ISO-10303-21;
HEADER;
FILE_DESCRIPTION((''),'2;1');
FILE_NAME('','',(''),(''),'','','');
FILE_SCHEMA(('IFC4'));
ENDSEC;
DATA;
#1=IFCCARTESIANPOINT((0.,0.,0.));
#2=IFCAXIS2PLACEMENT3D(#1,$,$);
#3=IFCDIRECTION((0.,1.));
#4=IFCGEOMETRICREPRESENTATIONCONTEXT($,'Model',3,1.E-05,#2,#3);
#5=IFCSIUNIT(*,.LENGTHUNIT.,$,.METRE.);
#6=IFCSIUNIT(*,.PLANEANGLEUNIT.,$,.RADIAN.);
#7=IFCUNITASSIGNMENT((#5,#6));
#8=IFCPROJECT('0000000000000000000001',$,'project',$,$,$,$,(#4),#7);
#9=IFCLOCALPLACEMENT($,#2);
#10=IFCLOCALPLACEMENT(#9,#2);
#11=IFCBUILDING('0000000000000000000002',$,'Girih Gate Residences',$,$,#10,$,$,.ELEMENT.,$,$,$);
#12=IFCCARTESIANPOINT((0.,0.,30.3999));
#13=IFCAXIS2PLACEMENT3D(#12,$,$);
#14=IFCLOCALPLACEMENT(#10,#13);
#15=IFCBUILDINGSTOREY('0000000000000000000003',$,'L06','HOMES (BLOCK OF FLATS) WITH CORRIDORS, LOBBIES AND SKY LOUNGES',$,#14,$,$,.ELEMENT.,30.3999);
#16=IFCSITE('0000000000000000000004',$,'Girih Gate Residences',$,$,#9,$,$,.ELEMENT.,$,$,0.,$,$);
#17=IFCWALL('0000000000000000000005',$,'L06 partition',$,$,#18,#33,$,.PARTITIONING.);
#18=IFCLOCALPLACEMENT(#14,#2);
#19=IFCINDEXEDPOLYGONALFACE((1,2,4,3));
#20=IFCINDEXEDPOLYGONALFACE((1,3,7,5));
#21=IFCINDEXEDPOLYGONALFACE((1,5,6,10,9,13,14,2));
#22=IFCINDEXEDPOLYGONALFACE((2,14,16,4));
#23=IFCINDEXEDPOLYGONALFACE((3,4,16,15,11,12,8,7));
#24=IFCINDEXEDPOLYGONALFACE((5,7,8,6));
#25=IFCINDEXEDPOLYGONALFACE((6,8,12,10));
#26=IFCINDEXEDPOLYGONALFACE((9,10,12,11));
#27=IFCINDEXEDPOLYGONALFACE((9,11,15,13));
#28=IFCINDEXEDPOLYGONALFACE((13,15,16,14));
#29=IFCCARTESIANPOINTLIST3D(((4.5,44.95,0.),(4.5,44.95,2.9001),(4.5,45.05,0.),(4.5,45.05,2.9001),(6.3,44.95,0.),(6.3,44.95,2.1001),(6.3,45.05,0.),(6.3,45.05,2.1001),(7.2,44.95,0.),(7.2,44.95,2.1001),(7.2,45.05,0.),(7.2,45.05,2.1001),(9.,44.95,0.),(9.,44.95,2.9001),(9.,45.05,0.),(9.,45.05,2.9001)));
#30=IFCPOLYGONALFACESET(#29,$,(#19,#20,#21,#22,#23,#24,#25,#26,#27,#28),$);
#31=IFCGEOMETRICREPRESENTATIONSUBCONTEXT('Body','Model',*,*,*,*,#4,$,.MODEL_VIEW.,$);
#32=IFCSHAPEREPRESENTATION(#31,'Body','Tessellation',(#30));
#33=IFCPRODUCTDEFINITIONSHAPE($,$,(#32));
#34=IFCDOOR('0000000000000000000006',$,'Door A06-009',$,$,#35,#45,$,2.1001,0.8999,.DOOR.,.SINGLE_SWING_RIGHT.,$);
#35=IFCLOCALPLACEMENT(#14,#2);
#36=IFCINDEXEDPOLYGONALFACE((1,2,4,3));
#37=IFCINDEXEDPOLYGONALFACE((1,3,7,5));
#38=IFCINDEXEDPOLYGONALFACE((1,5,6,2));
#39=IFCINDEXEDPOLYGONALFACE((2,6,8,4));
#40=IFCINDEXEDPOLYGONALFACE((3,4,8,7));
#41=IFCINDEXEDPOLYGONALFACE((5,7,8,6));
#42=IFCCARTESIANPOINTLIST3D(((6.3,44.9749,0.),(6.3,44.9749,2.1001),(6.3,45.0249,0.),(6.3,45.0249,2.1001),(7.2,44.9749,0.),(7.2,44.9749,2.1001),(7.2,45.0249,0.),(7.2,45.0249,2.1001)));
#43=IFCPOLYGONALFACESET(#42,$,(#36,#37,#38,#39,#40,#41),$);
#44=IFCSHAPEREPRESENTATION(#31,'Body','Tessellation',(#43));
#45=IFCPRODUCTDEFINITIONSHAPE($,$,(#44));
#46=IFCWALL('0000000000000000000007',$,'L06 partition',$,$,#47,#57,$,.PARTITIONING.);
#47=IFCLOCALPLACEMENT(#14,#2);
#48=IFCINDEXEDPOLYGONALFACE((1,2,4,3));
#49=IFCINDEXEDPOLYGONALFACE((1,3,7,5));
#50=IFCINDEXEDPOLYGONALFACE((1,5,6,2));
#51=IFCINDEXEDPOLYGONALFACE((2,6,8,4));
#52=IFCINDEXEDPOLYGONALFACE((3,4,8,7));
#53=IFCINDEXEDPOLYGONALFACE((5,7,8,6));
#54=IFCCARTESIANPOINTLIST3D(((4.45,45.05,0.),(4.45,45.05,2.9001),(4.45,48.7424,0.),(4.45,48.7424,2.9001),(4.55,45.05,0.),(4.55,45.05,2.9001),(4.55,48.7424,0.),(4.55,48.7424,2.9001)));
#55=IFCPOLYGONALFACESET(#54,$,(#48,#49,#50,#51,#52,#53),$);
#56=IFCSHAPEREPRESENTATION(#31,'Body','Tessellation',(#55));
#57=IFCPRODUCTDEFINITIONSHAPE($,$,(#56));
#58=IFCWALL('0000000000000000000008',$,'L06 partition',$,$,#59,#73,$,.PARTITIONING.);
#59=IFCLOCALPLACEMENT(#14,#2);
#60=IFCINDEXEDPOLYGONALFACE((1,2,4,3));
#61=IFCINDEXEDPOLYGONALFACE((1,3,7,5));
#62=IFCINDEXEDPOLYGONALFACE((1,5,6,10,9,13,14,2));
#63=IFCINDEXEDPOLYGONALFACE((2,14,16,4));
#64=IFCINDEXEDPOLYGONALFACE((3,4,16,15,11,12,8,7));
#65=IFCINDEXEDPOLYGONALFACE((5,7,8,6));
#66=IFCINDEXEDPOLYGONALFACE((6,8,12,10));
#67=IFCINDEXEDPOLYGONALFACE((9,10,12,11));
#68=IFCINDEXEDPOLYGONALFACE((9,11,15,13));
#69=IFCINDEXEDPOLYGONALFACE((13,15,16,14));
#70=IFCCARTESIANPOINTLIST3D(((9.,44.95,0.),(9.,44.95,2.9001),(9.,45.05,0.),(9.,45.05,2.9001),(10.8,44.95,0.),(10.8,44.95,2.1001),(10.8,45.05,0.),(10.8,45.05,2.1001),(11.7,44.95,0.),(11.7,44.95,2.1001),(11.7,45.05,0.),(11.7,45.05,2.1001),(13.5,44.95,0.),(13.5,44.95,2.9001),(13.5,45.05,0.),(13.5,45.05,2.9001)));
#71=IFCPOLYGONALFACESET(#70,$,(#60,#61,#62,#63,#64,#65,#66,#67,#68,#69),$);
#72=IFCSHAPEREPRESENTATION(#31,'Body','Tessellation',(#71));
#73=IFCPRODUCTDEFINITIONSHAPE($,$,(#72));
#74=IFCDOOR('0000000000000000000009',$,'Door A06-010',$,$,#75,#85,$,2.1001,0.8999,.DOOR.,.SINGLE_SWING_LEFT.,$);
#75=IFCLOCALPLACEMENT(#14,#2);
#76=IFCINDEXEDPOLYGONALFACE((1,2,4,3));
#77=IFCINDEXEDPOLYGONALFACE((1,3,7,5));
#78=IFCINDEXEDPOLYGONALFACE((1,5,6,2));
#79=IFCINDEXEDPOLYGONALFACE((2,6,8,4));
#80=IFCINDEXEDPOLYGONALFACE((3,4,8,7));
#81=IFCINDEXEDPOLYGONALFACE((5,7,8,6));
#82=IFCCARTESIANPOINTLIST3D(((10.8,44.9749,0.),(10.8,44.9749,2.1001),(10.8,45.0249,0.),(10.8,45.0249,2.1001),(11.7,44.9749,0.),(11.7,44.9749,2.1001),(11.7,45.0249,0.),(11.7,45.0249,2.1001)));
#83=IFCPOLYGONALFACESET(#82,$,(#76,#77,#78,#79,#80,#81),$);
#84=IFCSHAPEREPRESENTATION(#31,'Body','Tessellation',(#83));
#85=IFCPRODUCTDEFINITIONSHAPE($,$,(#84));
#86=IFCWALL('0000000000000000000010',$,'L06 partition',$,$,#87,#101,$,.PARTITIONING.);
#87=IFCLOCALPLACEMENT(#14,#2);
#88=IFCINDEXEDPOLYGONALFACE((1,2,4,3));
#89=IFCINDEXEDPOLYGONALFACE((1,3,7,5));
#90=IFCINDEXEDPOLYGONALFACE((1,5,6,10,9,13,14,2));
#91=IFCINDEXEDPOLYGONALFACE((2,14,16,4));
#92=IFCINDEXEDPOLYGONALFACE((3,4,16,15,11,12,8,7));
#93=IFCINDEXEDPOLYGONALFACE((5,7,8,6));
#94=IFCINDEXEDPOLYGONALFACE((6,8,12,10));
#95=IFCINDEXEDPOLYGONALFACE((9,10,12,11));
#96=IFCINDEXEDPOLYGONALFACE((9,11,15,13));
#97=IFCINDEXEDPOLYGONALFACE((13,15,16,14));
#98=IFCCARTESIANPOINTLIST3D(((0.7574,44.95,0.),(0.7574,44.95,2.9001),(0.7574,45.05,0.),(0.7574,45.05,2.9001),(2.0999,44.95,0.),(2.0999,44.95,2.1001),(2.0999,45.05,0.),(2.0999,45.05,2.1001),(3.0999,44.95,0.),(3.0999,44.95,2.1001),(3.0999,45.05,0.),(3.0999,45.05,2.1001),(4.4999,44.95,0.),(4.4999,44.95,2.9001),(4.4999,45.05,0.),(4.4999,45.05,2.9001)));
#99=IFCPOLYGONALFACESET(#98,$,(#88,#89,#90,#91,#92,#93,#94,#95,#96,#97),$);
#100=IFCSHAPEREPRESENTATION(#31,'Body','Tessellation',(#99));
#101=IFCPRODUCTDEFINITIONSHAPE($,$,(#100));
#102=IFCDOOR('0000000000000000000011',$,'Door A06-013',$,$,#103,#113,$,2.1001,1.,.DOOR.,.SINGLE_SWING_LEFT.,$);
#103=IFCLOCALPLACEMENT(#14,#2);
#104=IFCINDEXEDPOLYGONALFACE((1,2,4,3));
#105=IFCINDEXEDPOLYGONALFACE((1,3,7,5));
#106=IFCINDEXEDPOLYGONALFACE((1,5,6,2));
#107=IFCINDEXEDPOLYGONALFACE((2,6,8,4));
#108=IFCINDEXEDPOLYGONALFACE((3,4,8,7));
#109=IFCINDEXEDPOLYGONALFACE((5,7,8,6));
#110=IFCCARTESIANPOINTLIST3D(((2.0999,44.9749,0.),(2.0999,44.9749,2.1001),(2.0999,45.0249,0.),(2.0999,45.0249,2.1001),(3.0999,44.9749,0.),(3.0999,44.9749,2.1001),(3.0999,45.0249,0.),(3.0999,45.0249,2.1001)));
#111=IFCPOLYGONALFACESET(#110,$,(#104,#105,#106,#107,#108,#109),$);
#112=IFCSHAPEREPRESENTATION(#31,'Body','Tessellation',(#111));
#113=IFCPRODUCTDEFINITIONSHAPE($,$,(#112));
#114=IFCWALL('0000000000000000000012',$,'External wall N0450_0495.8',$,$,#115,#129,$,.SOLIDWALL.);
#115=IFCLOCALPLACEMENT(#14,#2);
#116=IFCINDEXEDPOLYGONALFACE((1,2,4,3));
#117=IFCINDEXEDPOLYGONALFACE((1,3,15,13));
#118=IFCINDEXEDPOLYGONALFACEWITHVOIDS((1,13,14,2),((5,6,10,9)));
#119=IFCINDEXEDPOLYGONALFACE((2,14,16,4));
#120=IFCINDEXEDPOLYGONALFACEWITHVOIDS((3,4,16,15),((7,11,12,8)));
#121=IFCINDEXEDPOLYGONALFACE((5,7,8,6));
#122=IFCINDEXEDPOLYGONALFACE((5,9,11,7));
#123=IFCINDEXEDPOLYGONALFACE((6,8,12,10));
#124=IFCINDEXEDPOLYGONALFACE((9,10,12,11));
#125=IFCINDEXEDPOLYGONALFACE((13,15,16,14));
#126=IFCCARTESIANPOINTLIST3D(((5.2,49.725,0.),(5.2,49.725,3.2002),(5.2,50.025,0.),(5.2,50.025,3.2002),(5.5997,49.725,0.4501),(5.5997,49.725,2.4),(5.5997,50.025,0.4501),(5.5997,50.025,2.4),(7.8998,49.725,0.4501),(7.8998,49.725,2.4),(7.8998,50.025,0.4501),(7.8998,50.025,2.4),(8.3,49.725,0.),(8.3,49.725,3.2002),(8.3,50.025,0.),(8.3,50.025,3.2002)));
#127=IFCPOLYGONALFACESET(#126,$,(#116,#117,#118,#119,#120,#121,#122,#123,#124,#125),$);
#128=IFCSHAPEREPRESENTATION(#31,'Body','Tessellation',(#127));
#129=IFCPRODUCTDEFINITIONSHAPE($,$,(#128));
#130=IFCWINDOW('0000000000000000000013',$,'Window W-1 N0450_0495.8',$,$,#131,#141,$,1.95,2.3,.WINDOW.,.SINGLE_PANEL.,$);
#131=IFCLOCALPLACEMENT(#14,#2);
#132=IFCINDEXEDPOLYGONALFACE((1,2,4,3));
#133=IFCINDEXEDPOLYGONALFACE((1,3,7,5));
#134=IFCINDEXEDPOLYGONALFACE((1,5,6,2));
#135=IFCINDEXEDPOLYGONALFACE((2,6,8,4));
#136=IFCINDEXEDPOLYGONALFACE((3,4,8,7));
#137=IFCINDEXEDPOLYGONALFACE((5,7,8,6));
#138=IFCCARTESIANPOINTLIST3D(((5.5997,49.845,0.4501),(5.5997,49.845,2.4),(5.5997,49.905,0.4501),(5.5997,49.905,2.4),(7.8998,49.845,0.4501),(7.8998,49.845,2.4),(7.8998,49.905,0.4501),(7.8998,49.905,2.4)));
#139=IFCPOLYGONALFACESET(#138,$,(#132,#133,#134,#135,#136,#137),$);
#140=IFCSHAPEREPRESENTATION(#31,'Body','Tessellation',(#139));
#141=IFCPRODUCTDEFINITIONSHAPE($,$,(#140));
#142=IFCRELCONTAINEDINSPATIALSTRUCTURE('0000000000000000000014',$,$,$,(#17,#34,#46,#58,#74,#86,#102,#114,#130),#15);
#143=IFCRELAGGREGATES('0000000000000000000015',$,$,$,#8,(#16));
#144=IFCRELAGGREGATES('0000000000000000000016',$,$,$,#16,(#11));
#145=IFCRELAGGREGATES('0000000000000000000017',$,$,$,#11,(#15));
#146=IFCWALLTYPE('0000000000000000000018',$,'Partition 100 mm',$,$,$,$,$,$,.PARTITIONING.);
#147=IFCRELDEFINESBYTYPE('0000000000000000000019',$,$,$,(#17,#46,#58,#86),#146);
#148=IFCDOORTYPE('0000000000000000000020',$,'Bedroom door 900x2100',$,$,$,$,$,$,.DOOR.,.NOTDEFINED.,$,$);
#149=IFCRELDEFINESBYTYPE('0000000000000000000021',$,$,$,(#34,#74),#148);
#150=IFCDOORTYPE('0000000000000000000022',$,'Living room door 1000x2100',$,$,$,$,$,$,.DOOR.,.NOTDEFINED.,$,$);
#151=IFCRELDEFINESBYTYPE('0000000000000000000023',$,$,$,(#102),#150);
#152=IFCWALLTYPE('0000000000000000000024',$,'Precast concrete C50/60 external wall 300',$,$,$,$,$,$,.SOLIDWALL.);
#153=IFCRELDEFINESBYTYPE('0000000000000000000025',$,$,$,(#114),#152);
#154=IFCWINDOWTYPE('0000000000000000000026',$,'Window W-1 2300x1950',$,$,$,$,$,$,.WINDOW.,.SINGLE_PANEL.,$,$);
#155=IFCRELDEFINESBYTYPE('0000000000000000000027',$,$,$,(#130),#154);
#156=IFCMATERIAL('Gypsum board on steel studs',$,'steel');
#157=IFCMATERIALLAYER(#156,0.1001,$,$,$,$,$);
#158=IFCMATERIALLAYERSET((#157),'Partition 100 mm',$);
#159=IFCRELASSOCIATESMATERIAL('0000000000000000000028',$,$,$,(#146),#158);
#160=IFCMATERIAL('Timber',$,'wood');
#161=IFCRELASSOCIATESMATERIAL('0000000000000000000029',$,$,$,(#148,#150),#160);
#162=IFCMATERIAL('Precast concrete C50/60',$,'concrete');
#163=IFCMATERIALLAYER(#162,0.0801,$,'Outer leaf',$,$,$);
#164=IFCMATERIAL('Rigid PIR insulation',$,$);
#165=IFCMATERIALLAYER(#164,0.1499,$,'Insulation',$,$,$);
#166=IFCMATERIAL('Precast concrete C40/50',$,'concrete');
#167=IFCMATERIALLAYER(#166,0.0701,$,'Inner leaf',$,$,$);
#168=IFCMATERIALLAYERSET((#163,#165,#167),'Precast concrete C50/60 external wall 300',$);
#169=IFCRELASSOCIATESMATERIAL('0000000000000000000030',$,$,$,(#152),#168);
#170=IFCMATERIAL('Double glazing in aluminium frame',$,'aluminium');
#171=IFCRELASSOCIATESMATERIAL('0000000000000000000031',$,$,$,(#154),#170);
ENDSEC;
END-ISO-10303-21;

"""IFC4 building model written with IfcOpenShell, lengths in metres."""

from ifc_helpers import new_model, si_unit, direction, frame, frame_2d, origin, place, context, subcontext, project, spatial, rectangle, extrude, material, layer, layer_set, type_object, element, fill, save


model = new_model("IFC4")

# Units and contexts
model_context = context("Model", 3, precision=1e-05, world=origin(), true_north=direction((0.0, 1.0)))
body_context = subcontext(model_context, "Body", "Model", "MODEL_VIEW")
ifc_project = project(units=[si_unit("LENGTHUNIT", "METRE"), si_unit("PLANEANGLEUNIT", "RADIAN")], contexts=[model_context])

# Site, building, storey
site_placement = place(None, origin())
site = spatial("IfcSite", under=ifc_project, at=site_placement, Name="Girih Gate Residences", CompositionType="ELEMENT", RefElevation=0.0)
building_placement = place(site_placement, origin())
building = spatial("IfcBuilding", under=site, at=building_placement, Name="Girih Gate Residences", CompositionType="ELEMENT")
storey_placement = place(building_placement, frame((0.0, 0.0, 30.3999)))
storey = spatial("IfcBuildingStorey", under=building, at=storey_placement, Name="L06", Description="HOMES (BLOCK OF FLATS) WITH CORRIDORS, LOBBIES AND SKY LOUNGES", CompositionType="ELEMENT", Elevation=30.3999)

# Shared definitions
ifc_material_1 = material(Name="Gypsum board on steel studs", Category="steel")

# Shared definitions
ifc_layer_1 = layer(ifc_material_1, 0.1001)
ifc_layer_set_1 = layer_set([ifc_layer_1], Name="Partition 100 mm")
wall_type_1 = type_object("IfcWallType", Name="Partition 100 mm", PredefinedType="PARTITIONING", material=ifc_layer_set_1)

# Wall, opening, door
wall_1_placement = place(storey_placement, frame((4.5, 45.0, 0.0), z_axis=(0.0, 0.0, 1.0), x_axis=(1.0, 0.0, 0.0)))
wall_1 = element("IfcWall", 1, at=wall_1_placement, inside=storey, type_object=wall_type_1, Name="L06 partition", PredefinedType="PARTITIONING", context=body_context, shape_type="SweptSolid", body=[
    extrude(rectangle(XDim=4.5, YDim=0.1001, at=frame_2d((2.25, 0.0))), origin(), (0.0, 0.0, 1.0), 2.9001),
])
opening_1_placement = place(wall_1_placement, frame((1.8, 0.0, 0.0)))
opening_1 = element("IfcOpeningElement", 2, at=opening_1_placement, cuts=wall_1, PredefinedType="OPENING", context=body_context, shape_type="SweptSolid", body=[
    extrude(rectangle(XDim=0.8999, YDim=2.1001, at=frame_2d((0.45, 1.05))), frame((0.0, 0.0601, 0.0), z_axis=(0.0, -1.0, 0.0), x_axis=(1.0, 0.0, 0.0)), (0.0, 0.0, 1.0), 0.1201),
])
ifc_material_2 = material(Name="Timber", Category="wood")
door_type_1 = type_object("IfcDoorType", Name="Bedroom door 900x2100", OperationType="NOTDEFINED", PredefinedType="DOOR", material=ifc_material_2)
door_1_placement = place(opening_1_placement, origin())
door_1 = element("IfcDoor", 3, at=door_1_placement, inside=storey, type_object=door_type_1, Name="Door A06-009", OperationType="SINGLE_SWING_RIGHT", OverallHeight=2.1001, OverallWidth=0.8999, PredefinedType="DOOR", context=body_context, shape_type="SweptSolid", body=[
    extrude(rectangle(XDim=0.8999, YDim=2.1001, at=frame_2d((0.45, 1.05))), frame((0.0, 0.0249, 0.0), z_axis=(0.0, -1.0, 0.0), x_axis=(1.0, 0.0, 0.0)), (0.0, 0.0, 1.0), 0.05),
])
fill(opening_1, door_1)

# Wall
wall_2_placement = place(storey_placement, frame((4.5, 45.05, 0.0), z_axis=(0.0, 0.0, 1.0), x_axis=(0.0, 1.0, 0.0)))
element("IfcWall", 4, at=wall_2_placement, inside=storey, type_object=wall_type_1, Name="L06 partition", PredefinedType="PARTITIONING", context=body_context, shape_type="SweptSolid", body=[
    extrude(rectangle(XDim=3.6924, YDim=0.1001, at=frame_2d((1.8462, 0.0))), origin(), (0.0, 0.0, 1.0), 2.9001),
])

# Walls, openings, doors
wall_3_placement = place(storey_placement, frame((9.0, 45.0, 0.0), z_axis=(0.0, 0.0, 1.0), x_axis=(1.0, 0.0, 0.0)))
wall_3 = element("IfcWall", 5, at=wall_3_placement, inside=storey, type_object=wall_type_1, Name="L06 partition", PredefinedType="PARTITIONING", context=body_context, shape_type="SweptSolid", body=[
    extrude(rectangle(XDim=4.5, YDim=0.1001, at=frame_2d((2.25, 0.0))), origin(), (0.0, 0.0, 1.0), 2.9001),
])
opening_2_placement = place(wall_3_placement, frame((1.8, 0.0, 0.0)))
opening_2 = element("IfcOpeningElement", 6, at=opening_2_placement, cuts=wall_3, PredefinedType="OPENING", context=body_context, shape_type="SweptSolid", body=[
    extrude(rectangle(XDim=0.8999, YDim=2.1001, at=frame_2d((0.45, 1.05))), frame((0.0, 0.0601, 0.0), z_axis=(0.0, -1.0, 0.0), x_axis=(1.0, 0.0, 0.0)), (0.0, 0.0, 1.0), 0.1201),
])
door_2_placement = place(opening_2_placement, origin())
door_2 = element("IfcDoor", 7, at=door_2_placement, inside=storey, type_object=door_type_1, Name="Door A06-010", OperationType="SINGLE_SWING_LEFT", OverallHeight=2.1001, OverallWidth=0.8999, PredefinedType="DOOR", context=body_context, shape_type="SweptSolid", body=[
    extrude(rectangle(XDim=0.8999, YDim=2.1001, at=frame_2d((0.45, 1.05))), frame((0.0, 0.0249, 0.0), z_axis=(0.0, -1.0, 0.0), x_axis=(1.0, 0.0, 0.0)), (0.0, 0.0, 1.0), 0.05),
])
fill(opening_2, door_2)
wall_4_placement = place(storey_placement, frame((0.7576, 45.0, 0.0), z_axis=(0.0, 0.0, 1.0), x_axis=(1.0, 0.0, 0.0)))
wall_4 = element("IfcWall", 8, at=wall_4_placement, inside=storey, type_object=wall_type_1, Name="L06 partition", PredefinedType="PARTITIONING", context=body_context, shape_type="SweptSolid", body=[
    extrude(rectangle(XDim=3.7424, YDim=0.1001, at=frame_2d((1.8711, 0.0))), origin(), (0.0, 0.0, 1.0), 2.9001),
])
opening_3_placement = place(wall_4_placement, frame((1.3423, 0.0, 0.0)))
opening_3 = element("IfcOpeningElement", 9, at=opening_3_placement, cuts=wall_4, PredefinedType="OPENING", context=body_context, shape_type="SweptSolid", body=[
    extrude(rectangle(XDim=1.0, YDim=2.1001, at=frame_2d((0.5, 1.05))), frame((0.0, 0.0601, 0.0), z_axis=(0.0, -1.0, 0.0), x_axis=(1.0, 0.0, 0.0)), (0.0, 0.0, 1.0), 0.1201),
])
door_type_2 = type_object("IfcDoorType", Name="Living room door 1000x2100", OperationType="NOTDEFINED", PredefinedType="DOOR", material=ifc_material_2)
door_3_placement = place(opening_3_placement, origin())
door_3 = element("IfcDoor", 10, at=door_3_placement, inside=storey, type_object=door_type_2, Name="Door A06-013", OperationType="SINGLE_SWING_LEFT", OverallHeight=2.1001, OverallWidth=1.0, PredefinedType="DOOR", context=body_context, shape_type="SweptSolid", body=[
    extrude(rectangle(XDim=1.0, YDim=2.1001, at=frame_2d((0.5, 1.05))), frame((0.0, 0.0249, 0.0), z_axis=(0.0, -1.0, 0.0), x_axis=(1.0, 0.0, 0.0)), (0.0, 0.0, 1.0), 0.05),
])
fill(opening_3, door_3)

# Wall, opening, window
ifc_material_3 = material(Name="Precast concrete C50/60", Category="concrete")
ifc_layer_2 = layer(ifc_material_3, 0.0801, Name="Outer leaf")
ifc_material_4 = material(Name="Rigid PIR insulation")
ifc_layer_3 = layer(ifc_material_4, 0.1499, Name="Insulation")
ifc_material_5 = material(Name="Precast concrete C40/50", Category="concrete")
ifc_layer_4 = layer(ifc_material_5, 0.0701, Name="Inner leaf")
ifc_layer_set_2 = layer_set([ifc_layer_2, ifc_layer_3, ifc_layer_4], Name="Precast concrete C50/60 external wall 300")
wall_type_2 = type_object("IfcWallType", Name="Precast concrete C50/60 external wall 300", PredefinedType="SOLIDWALL", material=ifc_layer_set_2)
wall_5_placement = place(storey_placement, frame((5.2, 49.875, 0.0), z_axis=(0.0, 0.0, 1.0), x_axis=(1.0, 0.0, 0.0)))
wall_5 = element("IfcWall", 11, at=wall_5_placement, inside=storey, type_object=wall_type_2, Name="External wall N0450_0495.8", PredefinedType="SOLIDWALL", context=body_context, shape_type="SweptSolid", body=[
    extrude(rectangle(XDim=3.1001, YDim=0.3, at=frame_2d((1.55, 0.0))), origin(), (0.0, 0.0, 1.0), 3.2002),
])
opening_4_placement = place(wall_5_placement, frame((0.3999, 0.0, 0.45)))
opening_4 = element("IfcOpeningElement", 12, at=opening_4_placement, cuts=wall_5, PredefinedType="OPENING", context=body_context, shape_type="SweptSolid", body=[
    extrude(rectangle(XDim=2.3, YDim=1.95, at=frame_2d((1.1499, 0.9751))), frame((0.0, 0.1599, 0.0), z_axis=(0.0, -1.0, 0.0), x_axis=(1.0, 0.0, 0.0)), (0.0, 0.0, 1.0), 0.3201),
])
ifc_material_6 = material(Name="Double glazing in aluminium frame", Category="aluminium")
window_type_1 = type_object("IfcWindowType", Name="Window W-1 2300x1950", PartitioningType="SINGLE_PANEL", PredefinedType="WINDOW", material=ifc_material_6)
window_1_placement = place(opening_4_placement, origin())
window_1 = element("IfcWindow", 13, at=window_1_placement, inside=storey, type_object=window_type_1, Name="Window W-1 N0450_0495.8", OverallHeight=1.95, OverallWidth=2.3, PartitioningType="SINGLE_PANEL", PredefinedType="WINDOW", context=body_context, shape_type="SweptSolid", body=[
    extrude(rectangle(XDim=2.3, YDim=1.95, at=frame_2d((1.1499, 0.9751))), frame((0.0, 0.03, 0.0), z_axis=(0.0, -1.0, 0.0), x_axis=(1.0, 0.0, 0.0)), (0.0, 0.0, 1.0), 0.0601),
])
fill(opening_4, window_1)

save(model, "model.ifc")
